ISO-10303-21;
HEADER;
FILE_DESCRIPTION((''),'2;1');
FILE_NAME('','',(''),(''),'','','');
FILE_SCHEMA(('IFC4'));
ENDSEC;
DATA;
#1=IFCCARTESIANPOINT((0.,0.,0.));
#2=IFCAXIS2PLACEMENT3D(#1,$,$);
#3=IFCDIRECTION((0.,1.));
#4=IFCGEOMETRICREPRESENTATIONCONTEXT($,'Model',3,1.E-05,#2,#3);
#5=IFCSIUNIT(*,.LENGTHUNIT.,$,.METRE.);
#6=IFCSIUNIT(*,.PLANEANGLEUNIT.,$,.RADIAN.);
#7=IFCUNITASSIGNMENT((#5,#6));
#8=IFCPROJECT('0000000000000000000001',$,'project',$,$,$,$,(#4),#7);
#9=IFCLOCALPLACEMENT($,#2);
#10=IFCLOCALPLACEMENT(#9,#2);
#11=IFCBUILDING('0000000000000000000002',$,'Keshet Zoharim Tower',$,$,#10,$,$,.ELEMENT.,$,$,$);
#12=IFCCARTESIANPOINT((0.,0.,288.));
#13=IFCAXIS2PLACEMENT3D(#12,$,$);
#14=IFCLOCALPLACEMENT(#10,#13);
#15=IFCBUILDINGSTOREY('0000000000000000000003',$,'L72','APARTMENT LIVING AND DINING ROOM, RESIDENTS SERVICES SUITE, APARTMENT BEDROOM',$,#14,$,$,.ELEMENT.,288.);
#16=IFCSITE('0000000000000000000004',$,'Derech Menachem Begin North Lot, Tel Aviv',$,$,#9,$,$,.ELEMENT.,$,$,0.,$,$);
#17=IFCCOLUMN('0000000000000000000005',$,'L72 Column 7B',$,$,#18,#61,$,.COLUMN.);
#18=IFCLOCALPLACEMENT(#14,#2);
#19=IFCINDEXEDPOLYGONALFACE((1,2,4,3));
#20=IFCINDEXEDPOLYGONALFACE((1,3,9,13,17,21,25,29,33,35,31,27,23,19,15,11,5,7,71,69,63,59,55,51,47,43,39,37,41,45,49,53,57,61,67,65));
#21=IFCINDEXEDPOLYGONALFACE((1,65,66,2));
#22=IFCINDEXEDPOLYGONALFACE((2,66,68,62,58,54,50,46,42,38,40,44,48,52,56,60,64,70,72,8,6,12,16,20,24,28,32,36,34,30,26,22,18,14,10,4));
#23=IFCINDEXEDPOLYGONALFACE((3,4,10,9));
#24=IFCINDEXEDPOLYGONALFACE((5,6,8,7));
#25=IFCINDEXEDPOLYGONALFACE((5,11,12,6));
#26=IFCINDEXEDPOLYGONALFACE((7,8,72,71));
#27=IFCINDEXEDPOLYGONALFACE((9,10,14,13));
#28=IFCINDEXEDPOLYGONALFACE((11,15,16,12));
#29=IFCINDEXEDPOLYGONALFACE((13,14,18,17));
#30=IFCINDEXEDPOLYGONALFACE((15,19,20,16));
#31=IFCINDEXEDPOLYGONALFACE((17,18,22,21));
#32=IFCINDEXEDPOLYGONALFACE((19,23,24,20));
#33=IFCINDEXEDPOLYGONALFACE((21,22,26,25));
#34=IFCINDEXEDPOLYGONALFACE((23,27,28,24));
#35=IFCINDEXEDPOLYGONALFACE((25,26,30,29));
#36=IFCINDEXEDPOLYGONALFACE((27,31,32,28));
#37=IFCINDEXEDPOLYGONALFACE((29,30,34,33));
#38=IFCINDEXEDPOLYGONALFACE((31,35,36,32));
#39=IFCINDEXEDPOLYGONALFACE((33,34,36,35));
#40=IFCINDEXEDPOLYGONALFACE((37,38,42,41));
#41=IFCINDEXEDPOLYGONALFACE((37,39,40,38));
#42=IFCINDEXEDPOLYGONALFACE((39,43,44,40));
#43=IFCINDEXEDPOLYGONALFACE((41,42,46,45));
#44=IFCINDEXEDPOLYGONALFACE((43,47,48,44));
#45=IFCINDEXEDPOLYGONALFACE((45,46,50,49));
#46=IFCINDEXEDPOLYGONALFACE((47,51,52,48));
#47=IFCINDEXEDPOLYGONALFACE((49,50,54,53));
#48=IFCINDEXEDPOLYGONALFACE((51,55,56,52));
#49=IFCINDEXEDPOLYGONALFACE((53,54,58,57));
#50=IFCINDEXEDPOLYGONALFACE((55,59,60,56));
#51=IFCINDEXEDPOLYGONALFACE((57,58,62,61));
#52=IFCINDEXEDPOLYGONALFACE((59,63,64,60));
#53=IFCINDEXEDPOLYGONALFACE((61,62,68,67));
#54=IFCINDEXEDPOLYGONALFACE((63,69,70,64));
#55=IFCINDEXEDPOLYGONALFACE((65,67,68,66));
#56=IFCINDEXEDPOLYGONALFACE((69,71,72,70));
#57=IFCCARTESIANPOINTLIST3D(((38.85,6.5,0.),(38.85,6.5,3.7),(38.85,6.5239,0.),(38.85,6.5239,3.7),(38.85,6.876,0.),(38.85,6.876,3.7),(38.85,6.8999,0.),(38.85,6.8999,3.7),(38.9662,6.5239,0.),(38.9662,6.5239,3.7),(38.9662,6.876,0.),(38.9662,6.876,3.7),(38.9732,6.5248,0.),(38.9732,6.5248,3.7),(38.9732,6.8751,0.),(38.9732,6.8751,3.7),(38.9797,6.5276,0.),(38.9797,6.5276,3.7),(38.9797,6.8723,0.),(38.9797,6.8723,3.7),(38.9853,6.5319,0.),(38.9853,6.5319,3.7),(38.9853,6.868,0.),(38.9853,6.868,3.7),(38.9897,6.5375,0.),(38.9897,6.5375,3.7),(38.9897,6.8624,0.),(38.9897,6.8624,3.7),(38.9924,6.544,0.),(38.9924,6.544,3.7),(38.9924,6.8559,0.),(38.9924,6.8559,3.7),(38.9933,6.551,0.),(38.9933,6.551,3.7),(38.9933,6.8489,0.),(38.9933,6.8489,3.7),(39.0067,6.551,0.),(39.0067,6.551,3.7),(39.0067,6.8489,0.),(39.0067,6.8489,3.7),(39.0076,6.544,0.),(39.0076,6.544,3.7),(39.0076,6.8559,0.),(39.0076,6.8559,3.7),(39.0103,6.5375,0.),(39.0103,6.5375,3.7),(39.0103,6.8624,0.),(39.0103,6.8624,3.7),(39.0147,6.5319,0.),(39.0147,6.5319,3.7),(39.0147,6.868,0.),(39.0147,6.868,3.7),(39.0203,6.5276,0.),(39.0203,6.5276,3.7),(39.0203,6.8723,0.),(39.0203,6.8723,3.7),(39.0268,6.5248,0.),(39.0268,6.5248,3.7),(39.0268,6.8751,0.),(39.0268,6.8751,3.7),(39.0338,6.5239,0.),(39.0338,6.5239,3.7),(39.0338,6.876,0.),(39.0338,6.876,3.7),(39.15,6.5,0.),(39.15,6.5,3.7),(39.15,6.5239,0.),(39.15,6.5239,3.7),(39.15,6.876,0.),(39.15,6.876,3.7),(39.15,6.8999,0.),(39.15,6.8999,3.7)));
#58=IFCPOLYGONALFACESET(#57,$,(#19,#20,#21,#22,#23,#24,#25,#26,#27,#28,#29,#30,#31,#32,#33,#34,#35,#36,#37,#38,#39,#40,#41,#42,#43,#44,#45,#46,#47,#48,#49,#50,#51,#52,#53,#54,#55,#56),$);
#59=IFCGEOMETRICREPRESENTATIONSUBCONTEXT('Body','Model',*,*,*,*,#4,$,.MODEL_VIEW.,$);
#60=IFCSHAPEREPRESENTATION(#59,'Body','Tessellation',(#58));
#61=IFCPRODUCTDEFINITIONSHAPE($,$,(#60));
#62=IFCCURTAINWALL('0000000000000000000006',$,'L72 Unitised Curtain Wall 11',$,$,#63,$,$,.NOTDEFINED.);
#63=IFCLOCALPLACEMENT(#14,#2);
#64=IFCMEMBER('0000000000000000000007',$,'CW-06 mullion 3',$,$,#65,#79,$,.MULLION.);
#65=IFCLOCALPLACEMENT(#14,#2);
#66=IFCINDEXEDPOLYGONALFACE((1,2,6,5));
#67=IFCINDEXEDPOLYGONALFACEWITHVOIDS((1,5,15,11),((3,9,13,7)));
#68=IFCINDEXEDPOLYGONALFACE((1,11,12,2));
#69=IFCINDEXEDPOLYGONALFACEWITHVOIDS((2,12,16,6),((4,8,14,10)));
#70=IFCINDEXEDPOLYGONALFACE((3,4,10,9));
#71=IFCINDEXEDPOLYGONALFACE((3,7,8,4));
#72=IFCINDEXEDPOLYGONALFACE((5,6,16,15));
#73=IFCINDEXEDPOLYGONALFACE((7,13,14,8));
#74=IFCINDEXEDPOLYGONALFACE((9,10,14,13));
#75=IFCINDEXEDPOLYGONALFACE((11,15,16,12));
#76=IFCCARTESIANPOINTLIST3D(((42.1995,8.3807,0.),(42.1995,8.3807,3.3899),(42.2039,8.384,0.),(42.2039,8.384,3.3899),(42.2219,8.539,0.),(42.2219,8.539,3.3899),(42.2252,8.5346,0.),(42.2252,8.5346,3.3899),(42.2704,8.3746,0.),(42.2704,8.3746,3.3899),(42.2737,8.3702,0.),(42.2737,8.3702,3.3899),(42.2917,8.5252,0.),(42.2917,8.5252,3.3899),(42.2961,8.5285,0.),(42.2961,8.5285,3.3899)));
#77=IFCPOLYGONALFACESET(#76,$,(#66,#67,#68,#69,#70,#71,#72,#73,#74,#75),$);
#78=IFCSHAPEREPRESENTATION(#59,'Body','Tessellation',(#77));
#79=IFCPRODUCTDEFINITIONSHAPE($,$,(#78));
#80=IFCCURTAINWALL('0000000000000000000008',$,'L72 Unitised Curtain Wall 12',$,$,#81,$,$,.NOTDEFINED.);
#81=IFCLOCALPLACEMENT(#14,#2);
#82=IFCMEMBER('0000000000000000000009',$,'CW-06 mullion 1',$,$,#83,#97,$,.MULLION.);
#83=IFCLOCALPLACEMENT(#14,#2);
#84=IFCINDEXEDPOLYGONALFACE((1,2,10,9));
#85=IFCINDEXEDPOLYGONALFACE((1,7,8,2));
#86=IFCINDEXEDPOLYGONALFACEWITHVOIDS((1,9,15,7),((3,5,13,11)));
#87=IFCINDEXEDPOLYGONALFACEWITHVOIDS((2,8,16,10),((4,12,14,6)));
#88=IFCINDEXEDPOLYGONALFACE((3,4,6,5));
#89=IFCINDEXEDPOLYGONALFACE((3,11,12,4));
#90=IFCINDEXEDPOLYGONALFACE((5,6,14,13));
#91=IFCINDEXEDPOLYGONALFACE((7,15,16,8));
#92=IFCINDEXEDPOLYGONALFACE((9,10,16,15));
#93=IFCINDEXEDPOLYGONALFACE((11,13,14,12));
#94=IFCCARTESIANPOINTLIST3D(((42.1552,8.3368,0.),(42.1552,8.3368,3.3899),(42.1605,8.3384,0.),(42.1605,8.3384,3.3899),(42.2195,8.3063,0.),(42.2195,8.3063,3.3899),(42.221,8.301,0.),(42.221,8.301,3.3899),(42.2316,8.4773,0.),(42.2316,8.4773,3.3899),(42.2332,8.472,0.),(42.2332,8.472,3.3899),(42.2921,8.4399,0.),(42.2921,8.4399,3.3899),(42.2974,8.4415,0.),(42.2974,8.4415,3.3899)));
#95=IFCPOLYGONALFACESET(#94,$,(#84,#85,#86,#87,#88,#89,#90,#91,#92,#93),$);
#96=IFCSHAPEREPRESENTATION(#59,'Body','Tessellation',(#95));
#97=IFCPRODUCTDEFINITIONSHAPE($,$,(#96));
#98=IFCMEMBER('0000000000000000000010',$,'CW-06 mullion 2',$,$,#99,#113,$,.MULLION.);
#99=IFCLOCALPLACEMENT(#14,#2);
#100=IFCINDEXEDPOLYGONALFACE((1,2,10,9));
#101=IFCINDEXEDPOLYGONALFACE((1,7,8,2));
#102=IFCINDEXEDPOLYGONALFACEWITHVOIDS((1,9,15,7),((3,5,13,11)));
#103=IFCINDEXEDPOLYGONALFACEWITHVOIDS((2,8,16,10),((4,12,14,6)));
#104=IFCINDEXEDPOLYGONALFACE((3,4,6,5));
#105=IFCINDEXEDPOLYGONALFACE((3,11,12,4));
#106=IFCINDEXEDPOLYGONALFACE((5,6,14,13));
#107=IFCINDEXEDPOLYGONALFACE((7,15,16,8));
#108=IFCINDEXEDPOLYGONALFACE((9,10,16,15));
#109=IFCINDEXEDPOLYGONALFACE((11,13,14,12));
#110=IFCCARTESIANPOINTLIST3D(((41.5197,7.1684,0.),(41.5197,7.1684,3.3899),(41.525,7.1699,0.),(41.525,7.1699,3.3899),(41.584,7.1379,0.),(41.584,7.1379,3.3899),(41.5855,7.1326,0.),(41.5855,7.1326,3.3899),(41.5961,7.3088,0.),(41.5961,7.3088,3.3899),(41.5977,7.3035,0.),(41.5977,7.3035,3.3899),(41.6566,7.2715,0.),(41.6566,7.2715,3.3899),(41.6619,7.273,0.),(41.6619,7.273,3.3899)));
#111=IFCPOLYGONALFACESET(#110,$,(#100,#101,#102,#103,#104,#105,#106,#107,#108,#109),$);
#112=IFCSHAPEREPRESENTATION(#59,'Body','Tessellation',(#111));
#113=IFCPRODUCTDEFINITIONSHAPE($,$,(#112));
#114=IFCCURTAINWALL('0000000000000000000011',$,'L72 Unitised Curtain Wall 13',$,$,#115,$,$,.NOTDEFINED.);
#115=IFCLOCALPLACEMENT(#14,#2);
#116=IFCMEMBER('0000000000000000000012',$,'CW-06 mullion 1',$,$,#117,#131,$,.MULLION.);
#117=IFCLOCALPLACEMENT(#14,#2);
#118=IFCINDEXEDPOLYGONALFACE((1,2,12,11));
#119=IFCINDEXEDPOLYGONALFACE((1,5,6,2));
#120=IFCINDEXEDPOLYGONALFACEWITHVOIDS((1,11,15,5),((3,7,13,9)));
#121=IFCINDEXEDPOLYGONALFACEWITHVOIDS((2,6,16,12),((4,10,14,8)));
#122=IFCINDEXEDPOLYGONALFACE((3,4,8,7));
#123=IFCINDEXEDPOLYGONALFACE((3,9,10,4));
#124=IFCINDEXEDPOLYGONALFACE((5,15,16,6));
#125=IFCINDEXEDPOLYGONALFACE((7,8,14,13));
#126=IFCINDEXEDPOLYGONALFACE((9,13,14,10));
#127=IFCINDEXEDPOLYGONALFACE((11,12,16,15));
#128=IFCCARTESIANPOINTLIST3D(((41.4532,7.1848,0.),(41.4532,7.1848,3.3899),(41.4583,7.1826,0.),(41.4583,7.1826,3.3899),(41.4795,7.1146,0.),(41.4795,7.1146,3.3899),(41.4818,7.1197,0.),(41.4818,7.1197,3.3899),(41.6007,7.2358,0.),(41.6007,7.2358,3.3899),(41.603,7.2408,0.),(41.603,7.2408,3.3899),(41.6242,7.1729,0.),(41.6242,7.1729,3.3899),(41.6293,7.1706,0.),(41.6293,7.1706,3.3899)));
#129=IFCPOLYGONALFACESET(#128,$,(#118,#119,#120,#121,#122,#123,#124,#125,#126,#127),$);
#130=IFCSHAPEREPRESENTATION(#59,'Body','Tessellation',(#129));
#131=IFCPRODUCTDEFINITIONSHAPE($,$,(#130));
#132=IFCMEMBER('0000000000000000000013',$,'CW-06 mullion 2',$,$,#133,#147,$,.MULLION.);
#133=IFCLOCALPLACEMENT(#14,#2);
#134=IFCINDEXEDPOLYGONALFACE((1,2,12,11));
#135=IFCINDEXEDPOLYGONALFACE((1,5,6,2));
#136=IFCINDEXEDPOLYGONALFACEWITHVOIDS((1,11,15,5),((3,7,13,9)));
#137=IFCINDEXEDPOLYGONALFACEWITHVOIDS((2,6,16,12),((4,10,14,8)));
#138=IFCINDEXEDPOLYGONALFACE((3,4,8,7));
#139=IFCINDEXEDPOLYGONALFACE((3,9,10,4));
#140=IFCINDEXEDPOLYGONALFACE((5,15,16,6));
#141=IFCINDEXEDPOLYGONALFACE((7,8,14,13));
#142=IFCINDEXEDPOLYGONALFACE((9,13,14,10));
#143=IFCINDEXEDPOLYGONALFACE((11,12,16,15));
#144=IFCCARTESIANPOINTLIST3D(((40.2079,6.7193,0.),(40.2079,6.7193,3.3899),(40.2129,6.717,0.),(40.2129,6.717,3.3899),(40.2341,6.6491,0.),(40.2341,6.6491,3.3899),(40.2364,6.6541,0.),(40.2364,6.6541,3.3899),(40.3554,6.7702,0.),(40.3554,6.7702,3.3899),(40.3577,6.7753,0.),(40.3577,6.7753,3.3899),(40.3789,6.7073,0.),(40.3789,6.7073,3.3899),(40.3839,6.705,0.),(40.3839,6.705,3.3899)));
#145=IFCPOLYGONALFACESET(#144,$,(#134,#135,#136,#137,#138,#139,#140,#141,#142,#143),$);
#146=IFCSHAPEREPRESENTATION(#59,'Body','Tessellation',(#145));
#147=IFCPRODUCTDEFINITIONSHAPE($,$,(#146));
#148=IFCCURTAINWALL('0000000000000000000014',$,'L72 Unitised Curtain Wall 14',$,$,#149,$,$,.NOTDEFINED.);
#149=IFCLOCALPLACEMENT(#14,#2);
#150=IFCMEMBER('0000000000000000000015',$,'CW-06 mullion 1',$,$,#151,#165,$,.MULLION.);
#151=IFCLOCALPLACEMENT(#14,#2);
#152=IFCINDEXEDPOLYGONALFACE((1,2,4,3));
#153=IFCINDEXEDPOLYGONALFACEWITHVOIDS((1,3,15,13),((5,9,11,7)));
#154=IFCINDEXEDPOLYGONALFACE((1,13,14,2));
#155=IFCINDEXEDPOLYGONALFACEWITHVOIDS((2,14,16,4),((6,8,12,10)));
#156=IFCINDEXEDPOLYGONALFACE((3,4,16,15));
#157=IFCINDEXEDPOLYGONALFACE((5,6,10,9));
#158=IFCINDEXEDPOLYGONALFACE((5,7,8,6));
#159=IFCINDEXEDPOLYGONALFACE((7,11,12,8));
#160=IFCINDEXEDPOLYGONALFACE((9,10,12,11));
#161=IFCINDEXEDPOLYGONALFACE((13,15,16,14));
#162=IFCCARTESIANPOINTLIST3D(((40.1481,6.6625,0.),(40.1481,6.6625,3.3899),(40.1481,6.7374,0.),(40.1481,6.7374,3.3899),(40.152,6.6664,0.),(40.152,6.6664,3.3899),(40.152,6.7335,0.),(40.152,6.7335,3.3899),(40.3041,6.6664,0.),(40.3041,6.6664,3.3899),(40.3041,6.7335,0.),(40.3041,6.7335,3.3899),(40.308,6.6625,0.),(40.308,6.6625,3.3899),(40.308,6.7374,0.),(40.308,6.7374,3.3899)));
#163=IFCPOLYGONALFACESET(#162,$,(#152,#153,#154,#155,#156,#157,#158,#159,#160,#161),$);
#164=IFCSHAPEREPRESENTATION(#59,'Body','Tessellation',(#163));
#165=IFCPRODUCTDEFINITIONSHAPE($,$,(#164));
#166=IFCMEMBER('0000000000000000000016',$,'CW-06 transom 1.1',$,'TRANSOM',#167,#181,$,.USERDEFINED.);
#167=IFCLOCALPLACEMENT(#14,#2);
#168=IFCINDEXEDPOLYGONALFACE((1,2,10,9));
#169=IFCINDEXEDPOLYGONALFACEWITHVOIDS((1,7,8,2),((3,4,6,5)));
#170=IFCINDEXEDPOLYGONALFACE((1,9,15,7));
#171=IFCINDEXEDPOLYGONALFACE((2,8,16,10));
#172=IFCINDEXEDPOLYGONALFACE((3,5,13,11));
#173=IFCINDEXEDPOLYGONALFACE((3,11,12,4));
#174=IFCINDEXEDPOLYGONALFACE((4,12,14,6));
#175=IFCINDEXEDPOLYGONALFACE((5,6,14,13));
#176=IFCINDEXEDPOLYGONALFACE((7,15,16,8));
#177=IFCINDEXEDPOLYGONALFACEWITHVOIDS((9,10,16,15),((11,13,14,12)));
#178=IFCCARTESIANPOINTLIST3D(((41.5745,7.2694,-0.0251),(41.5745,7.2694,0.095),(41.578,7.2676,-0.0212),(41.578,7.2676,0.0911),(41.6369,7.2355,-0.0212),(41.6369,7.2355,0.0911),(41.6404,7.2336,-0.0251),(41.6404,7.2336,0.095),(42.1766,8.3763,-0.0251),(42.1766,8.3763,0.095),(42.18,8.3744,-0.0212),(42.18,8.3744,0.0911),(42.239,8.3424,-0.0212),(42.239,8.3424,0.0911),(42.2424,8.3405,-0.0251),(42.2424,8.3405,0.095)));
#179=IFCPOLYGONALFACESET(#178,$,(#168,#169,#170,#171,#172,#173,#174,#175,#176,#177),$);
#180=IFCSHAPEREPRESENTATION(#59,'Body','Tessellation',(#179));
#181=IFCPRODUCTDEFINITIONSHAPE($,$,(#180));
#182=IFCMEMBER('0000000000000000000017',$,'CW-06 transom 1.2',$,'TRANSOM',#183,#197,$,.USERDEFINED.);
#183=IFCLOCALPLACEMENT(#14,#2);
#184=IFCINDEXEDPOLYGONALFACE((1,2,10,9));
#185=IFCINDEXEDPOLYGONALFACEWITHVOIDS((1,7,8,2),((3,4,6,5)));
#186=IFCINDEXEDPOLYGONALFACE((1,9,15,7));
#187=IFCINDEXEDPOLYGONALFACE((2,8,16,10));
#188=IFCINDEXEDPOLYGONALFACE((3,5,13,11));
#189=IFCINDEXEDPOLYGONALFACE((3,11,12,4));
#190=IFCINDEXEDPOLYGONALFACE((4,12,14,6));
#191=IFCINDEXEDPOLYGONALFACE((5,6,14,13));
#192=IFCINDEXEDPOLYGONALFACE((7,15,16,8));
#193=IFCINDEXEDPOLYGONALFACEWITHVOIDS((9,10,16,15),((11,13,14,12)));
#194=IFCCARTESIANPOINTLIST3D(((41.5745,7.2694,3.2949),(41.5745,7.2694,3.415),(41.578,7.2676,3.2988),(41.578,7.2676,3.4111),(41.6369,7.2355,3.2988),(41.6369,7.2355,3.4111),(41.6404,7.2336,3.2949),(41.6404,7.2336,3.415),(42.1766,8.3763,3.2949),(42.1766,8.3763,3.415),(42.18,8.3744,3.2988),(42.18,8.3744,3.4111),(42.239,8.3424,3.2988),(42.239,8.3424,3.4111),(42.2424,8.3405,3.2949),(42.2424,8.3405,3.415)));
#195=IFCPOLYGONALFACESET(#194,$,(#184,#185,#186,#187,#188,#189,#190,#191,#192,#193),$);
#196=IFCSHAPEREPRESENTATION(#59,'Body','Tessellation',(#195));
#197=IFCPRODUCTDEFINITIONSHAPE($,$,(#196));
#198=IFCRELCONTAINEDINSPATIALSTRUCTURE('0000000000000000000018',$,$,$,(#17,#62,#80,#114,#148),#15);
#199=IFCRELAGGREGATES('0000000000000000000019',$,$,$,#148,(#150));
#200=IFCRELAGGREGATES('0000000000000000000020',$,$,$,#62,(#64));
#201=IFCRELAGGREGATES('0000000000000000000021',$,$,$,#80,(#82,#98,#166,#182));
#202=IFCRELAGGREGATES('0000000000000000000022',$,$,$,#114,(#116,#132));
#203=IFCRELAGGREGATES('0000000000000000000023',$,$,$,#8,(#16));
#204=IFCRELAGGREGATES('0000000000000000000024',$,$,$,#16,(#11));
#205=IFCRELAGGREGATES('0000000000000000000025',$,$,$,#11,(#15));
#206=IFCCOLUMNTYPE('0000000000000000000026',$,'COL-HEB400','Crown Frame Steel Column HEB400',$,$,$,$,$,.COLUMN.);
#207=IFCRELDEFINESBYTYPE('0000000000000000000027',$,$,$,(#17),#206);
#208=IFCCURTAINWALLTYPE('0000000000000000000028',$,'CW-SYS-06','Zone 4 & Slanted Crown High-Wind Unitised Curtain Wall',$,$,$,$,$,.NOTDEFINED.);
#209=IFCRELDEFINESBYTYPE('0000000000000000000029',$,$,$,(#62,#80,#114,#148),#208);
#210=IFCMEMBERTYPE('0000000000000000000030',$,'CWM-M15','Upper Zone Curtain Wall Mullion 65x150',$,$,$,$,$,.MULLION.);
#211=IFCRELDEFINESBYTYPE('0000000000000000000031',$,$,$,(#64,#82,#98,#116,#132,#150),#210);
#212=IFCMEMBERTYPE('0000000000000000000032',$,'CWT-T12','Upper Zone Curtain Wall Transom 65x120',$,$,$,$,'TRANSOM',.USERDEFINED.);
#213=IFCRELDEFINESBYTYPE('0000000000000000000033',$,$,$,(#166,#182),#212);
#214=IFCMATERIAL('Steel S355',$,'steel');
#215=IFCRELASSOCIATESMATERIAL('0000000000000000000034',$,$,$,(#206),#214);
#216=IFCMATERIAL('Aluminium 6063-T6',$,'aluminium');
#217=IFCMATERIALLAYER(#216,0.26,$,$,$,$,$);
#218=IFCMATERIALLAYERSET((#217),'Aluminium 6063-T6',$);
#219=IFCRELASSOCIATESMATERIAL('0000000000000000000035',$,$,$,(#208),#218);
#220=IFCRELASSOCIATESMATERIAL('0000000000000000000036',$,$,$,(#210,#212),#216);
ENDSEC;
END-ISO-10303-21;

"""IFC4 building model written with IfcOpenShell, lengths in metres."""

from ifc_helpers import new_model, si_unit, direction, frame, origin, origin_2d, place, context, subcontext, project, spatial, hollow_rectangle, i_section, extrude, material, layer, layer_set, material_profile, profile_set, type_object, element, aggregate, save


model = new_model("IFC4")

# Units and contexts
model_context = context("Model", 3, precision=1e-05, world=origin(), true_north=direction((0.0, 1.0)))
body_context = subcontext(model_context, "Body", "Model", "MODEL_VIEW")
ifc_project = project(units=[si_unit("LENGTHUNIT", "METRE"), si_unit("PLANEANGLEUNIT", "RADIAN")], contexts=[model_context])

# Site, building, storey
site_placement = place(None, origin())
site = spatial("IfcSite", under=ifc_project, at=site_placement, Name="Derech Menachem Begin North Lot, Tel Aviv", CompositionType="ELEMENT", RefElevation=0.0)
building_placement = place(site_placement, origin())
building = spatial("IfcBuilding", under=site, at=building_placement, Name="Keshet Zoharim Tower", CompositionType="ELEMENT")
storey_placement = place(building_placement, frame((0.0, 0.0, 288.0)))
storey = spatial("IfcBuildingStorey", under=building, at=storey_placement, Name="L72", Description="APARTMENT LIVING AND DINING ROOM, RESIDENTS SERVICES SUITE, APARTMENT BEDROOM", CompositionType="ELEMENT", Elevation=288.0)

# Column
ifc_material_1 = material(Name="Steel S355", Category="steel")
ifc_material_profile_1 = material_profile(ifc_material_1, i_section(OverallWidth=0.3, OverallDepth=0.3999, WebThickness=0.0134, FlangeThickness=0.0239, FilletRadius=0.0271, at=origin_2d()), Name="HEB400")
ifc_profile_set_1 = profile_set([ifc_material_profile_1], Name="Steel S355")
column_type = type_object("IfcColumnType", Name="COL-HEB400", Description="Crown Frame Steel Column HEB400", PredefinedType="COLUMN", material=ifc_profile_set_1)
column_placement = place(storey_placement, frame((39.0, 6.7, 0.0), z_axis=(0.0, 0.0, 1.0), x_axis=(1.0, 0.0, 0.0)))
element("IfcColumn", 1, at=column_placement, inside=storey, type_object=column_type, Name="L72 Column 7B", PredefinedType="COLUMN", context=body_context, shape_type="SweptSolid", body=[
    extrude(i_section(OverallWidth=0.3, OverallDepth=0.3999, WebThickness=0.0134, FlangeThickness=0.0239, FilletRadius=0.0271, at=origin_2d()), origin(), (0.0, 0.0, 1.0), 3.7),
])

# Curtain wall, member
ifc_material_2 = material(Name="Aluminium 6063-T6", Category="aluminium")
ifc_layer_1 = layer(ifc_material_2, 0.26)
ifc_layer_set_1 = layer_set([ifc_layer_1], Name="Aluminium 6063-T6")
curtain_wall_type = type_object("IfcCurtainWallType", Name="CW-SYS-06", Description="Zone 4 & Slanted Crown High-Wind Unitised Curtain Wall", PredefinedType="NOTDEFINED", material=ifc_layer_set_1)
curtain_wall_1_placement = place(storey_placement, origin())
curtain_wall_1 = element("IfcCurtainWall", 2, at=curtain_wall_1_placement, inside=storey, type_object=curtain_wall_type, Name="L72 Unitised Curtain Wall 11", PredefinedType="NOTDEFINED")
ifc_material_profile_2 = material_profile(ifc_material_2, hollow_rectangle(XDim=0.075, YDim=0.1599, WallThickness=0.0039, at=origin_2d()), Name="MUL-75x160")
ifc_profile_set_2 = profile_set([ifc_material_profile_2], Name="Aluminium 6063-T6")
member_type_1 = type_object("IfcMemberType", Name="CWM-M15", Description="Upper Zone Curtain Wall Mullion 65x150", PredefinedType="MULLION", material=ifc_profile_set_2)
member_1_placement = place(storey_placement, frame((42.2478, 8.4546, 0.0), z_axis=(0.0, 0.0, 1.0), x_axis=(0.990132, -0.140137, 0.0)))
member_1 = element("IfcMember", 3, at=member_1_placement, type_object=member_type_1, Name="CW-06 mullion 3", PredefinedType="MULLION", context=body_context, shape_type="SweptSolid", body=[
    extrude(hollow_rectangle(XDim=0.075, YDim=0.1599, WallThickness=0.0039, at=origin_2d()), origin(), (0.0, 0.0, 1.0), 3.3899),
])

# Curtain walls, members
curtain_wall_2_placement = place(storey_placement, origin())
curtain_wall_2 = element("IfcCurtainWall", 4, at=curtain_wall_2_placement, inside=storey, type_object=curtain_wall_type, Name="L72 Unitised Curtain Wall 12", PredefinedType="NOTDEFINED")
member_2_placement = place(storey_placement, frame((42.2263, 8.3892, 0.0), z_axis=(0.0, 0.0, 1.0), x_axis=(0.878468, -0.477801, 0.0)))
member_2 = element("IfcMember", 5, at=member_2_placement, type_object=member_type_1, Name="CW-06 mullion 1", PredefinedType="MULLION", context=body_context, shape_type="SweptSolid", body=[
    extrude(hollow_rectangle(XDim=0.075, YDim=0.1599, WallThickness=0.0039, at=origin_2d()), origin(), (0.0, 0.0, 1.0), 3.3899),
])
member_3_placement = place(storey_placement, frame((41.5908, 7.2207, 0.0), z_axis=(0.0, 0.0, 1.0), x_axis=(0.878468, -0.477801, 0.0)))
member_3 = element("IfcMember", 6, at=member_3_placement, type_object=member_type_1, Name="CW-06 mullion 2", PredefinedType="MULLION", context=body_context, shape_type="SweptSolid", body=[
    extrude(hollow_rectangle(XDim=0.075, YDim=0.1599, WallThickness=0.0039, at=origin_2d()), origin(), (0.0, 0.0, 1.0), 3.3899),
])
curtain_wall_3_placement = place(storey_placement, origin())
curtain_wall_3 = element("IfcCurtainWall", 7, at=curtain_wall_3_placement, inside=storey, type_object=curtain_wall_type, Name="L72 Unitised Curtain Wall 13", PredefinedType="NOTDEFINED")
member_4_placement = place(storey_placement, frame((41.5413, 7.1777, 0.0), z_axis=(0.0, 0.0, 1.0), x_axis=(0.350105, -0.93671, 0.0)))
member_4 = element("IfcMember", 8, at=member_4_placement, type_object=member_type_1, Name="CW-06 mullion 1", PredefinedType="MULLION", context=body_context, shape_type="SweptSolid", body=[
    extrude(hollow_rectangle(XDim=0.075, YDim=0.1599, WallThickness=0.0039, at=origin_2d()), origin(), (0.0, 0.0, 1.0), 3.3899),
])
member_5_placement = place(storey_placement, frame((40.2959, 6.7122, 0.0), z_axis=(0.0, 0.0, 1.0), x_axis=(0.350105, -0.93671, 0.0)))
member_5 = element("IfcMember", 9, at=member_5_placement, type_object=member_type_1, Name="CW-06 mullion 2", PredefinedType="MULLION", context=body_context, shape_type="SweptSolid", body=[
    extrude(hollow_rectangle(XDim=0.075, YDim=0.1599, WallThickness=0.0039, at=origin_2d()), origin(), (0.0, 0.0, 1.0), 3.3899),
])

# Curtain wall, member
curtain_wall_4_placement = place(storey_placement, origin())
curtain_wall_4 = element("IfcCurtainWall", 10, at=curtain_wall_4_placement, inside=storey, type_object=curtain_wall_type, Name="L72 Unitised Curtain Wall 14", PredefinedType="NOTDEFINED")
member_6_placement = place(storey_placement, frame((40.228, 6.7, 0.0), z_axis=(0.0, 0.0, 1.0), x_axis=(0.0, -1.0, 0.0)))
member_6 = element("IfcMember", 11, at=member_6_placement, type_object=member_type_1, Name="CW-06 mullion 1", PredefinedType="MULLION", context=body_context, shape_type="SweptSolid", body=[
    extrude(hollow_rectangle(XDim=0.075, YDim=0.1599, WallThickness=0.0039, at=origin_2d()), origin(), (0.0, 0.0, 1.0), 3.3899),
])

# Members
ifc_material_profile_3 = material_profile(ifc_material_2, hollow_rectangle(XDim=0.075, YDim=0.1201, WallThickness=0.0039, at=origin_2d()), Name="TRN-75x120")
ifc_profile_set_3 = profile_set([ifc_material_profile_3], Name="Aluminium 6063-T6")
member_type_2 = type_object("IfcMemberType", Name="CWT-T12", Description="Upper Zone Curtain Wall Transom 65x120", ElementType="TRANSOM", PredefinedType="USERDEFINED", material=ifc_profile_set_3)
member_7_placement = place(storey_placement, frame((42.2095, 8.3584, 0.0349), z_axis=(-0.477793, -0.878472, 0.0), x_axis=(0.878472, -0.477793, 0.0)))
member_7 = element("IfcMember", 12, at=member_7_placement, type_object=member_type_2, Name="CW-06 transom 1.1", ObjectType="TRANSOM", PredefinedType="USERDEFINED", context=body_context, shape_type="SweptSolid", body=[
    extrude(hollow_rectangle(XDim=0.075, YDim=0.1201, WallThickness=0.0039, at=origin_2d()), origin(), (0.0, 0.0, 1.0), 1.26),
])
member_8_placement = place(storey_placement, frame((42.2095, 8.3584, 3.355), z_axis=(-0.477793, -0.878472, 0.0), x_axis=(0.878472, -0.477793, 0.0)))
member_8 = element("IfcMember", 13, at=member_8_placement, type_object=member_type_2, Name="CW-06 transom 1.2", ObjectType="TRANSOM", PredefinedType="USERDEFINED", context=body_context, shape_type="SweptSolid", body=[
    extrude(hollow_rectangle(XDim=0.075, YDim=0.1201, WallThickness=0.0039, at=origin_2d()), origin(), (0.0, 0.0, 1.0), 1.26),
])
aggregate(curtain_wall_4, [member_6])

aggregate(curtain_wall_1, [member_1])
aggregate(curtain_wall_2, [member_2, member_3, member_7, member_8])
aggregate(curtain_wall_3, [member_4, member_5])

save(model, "model.ifc")
